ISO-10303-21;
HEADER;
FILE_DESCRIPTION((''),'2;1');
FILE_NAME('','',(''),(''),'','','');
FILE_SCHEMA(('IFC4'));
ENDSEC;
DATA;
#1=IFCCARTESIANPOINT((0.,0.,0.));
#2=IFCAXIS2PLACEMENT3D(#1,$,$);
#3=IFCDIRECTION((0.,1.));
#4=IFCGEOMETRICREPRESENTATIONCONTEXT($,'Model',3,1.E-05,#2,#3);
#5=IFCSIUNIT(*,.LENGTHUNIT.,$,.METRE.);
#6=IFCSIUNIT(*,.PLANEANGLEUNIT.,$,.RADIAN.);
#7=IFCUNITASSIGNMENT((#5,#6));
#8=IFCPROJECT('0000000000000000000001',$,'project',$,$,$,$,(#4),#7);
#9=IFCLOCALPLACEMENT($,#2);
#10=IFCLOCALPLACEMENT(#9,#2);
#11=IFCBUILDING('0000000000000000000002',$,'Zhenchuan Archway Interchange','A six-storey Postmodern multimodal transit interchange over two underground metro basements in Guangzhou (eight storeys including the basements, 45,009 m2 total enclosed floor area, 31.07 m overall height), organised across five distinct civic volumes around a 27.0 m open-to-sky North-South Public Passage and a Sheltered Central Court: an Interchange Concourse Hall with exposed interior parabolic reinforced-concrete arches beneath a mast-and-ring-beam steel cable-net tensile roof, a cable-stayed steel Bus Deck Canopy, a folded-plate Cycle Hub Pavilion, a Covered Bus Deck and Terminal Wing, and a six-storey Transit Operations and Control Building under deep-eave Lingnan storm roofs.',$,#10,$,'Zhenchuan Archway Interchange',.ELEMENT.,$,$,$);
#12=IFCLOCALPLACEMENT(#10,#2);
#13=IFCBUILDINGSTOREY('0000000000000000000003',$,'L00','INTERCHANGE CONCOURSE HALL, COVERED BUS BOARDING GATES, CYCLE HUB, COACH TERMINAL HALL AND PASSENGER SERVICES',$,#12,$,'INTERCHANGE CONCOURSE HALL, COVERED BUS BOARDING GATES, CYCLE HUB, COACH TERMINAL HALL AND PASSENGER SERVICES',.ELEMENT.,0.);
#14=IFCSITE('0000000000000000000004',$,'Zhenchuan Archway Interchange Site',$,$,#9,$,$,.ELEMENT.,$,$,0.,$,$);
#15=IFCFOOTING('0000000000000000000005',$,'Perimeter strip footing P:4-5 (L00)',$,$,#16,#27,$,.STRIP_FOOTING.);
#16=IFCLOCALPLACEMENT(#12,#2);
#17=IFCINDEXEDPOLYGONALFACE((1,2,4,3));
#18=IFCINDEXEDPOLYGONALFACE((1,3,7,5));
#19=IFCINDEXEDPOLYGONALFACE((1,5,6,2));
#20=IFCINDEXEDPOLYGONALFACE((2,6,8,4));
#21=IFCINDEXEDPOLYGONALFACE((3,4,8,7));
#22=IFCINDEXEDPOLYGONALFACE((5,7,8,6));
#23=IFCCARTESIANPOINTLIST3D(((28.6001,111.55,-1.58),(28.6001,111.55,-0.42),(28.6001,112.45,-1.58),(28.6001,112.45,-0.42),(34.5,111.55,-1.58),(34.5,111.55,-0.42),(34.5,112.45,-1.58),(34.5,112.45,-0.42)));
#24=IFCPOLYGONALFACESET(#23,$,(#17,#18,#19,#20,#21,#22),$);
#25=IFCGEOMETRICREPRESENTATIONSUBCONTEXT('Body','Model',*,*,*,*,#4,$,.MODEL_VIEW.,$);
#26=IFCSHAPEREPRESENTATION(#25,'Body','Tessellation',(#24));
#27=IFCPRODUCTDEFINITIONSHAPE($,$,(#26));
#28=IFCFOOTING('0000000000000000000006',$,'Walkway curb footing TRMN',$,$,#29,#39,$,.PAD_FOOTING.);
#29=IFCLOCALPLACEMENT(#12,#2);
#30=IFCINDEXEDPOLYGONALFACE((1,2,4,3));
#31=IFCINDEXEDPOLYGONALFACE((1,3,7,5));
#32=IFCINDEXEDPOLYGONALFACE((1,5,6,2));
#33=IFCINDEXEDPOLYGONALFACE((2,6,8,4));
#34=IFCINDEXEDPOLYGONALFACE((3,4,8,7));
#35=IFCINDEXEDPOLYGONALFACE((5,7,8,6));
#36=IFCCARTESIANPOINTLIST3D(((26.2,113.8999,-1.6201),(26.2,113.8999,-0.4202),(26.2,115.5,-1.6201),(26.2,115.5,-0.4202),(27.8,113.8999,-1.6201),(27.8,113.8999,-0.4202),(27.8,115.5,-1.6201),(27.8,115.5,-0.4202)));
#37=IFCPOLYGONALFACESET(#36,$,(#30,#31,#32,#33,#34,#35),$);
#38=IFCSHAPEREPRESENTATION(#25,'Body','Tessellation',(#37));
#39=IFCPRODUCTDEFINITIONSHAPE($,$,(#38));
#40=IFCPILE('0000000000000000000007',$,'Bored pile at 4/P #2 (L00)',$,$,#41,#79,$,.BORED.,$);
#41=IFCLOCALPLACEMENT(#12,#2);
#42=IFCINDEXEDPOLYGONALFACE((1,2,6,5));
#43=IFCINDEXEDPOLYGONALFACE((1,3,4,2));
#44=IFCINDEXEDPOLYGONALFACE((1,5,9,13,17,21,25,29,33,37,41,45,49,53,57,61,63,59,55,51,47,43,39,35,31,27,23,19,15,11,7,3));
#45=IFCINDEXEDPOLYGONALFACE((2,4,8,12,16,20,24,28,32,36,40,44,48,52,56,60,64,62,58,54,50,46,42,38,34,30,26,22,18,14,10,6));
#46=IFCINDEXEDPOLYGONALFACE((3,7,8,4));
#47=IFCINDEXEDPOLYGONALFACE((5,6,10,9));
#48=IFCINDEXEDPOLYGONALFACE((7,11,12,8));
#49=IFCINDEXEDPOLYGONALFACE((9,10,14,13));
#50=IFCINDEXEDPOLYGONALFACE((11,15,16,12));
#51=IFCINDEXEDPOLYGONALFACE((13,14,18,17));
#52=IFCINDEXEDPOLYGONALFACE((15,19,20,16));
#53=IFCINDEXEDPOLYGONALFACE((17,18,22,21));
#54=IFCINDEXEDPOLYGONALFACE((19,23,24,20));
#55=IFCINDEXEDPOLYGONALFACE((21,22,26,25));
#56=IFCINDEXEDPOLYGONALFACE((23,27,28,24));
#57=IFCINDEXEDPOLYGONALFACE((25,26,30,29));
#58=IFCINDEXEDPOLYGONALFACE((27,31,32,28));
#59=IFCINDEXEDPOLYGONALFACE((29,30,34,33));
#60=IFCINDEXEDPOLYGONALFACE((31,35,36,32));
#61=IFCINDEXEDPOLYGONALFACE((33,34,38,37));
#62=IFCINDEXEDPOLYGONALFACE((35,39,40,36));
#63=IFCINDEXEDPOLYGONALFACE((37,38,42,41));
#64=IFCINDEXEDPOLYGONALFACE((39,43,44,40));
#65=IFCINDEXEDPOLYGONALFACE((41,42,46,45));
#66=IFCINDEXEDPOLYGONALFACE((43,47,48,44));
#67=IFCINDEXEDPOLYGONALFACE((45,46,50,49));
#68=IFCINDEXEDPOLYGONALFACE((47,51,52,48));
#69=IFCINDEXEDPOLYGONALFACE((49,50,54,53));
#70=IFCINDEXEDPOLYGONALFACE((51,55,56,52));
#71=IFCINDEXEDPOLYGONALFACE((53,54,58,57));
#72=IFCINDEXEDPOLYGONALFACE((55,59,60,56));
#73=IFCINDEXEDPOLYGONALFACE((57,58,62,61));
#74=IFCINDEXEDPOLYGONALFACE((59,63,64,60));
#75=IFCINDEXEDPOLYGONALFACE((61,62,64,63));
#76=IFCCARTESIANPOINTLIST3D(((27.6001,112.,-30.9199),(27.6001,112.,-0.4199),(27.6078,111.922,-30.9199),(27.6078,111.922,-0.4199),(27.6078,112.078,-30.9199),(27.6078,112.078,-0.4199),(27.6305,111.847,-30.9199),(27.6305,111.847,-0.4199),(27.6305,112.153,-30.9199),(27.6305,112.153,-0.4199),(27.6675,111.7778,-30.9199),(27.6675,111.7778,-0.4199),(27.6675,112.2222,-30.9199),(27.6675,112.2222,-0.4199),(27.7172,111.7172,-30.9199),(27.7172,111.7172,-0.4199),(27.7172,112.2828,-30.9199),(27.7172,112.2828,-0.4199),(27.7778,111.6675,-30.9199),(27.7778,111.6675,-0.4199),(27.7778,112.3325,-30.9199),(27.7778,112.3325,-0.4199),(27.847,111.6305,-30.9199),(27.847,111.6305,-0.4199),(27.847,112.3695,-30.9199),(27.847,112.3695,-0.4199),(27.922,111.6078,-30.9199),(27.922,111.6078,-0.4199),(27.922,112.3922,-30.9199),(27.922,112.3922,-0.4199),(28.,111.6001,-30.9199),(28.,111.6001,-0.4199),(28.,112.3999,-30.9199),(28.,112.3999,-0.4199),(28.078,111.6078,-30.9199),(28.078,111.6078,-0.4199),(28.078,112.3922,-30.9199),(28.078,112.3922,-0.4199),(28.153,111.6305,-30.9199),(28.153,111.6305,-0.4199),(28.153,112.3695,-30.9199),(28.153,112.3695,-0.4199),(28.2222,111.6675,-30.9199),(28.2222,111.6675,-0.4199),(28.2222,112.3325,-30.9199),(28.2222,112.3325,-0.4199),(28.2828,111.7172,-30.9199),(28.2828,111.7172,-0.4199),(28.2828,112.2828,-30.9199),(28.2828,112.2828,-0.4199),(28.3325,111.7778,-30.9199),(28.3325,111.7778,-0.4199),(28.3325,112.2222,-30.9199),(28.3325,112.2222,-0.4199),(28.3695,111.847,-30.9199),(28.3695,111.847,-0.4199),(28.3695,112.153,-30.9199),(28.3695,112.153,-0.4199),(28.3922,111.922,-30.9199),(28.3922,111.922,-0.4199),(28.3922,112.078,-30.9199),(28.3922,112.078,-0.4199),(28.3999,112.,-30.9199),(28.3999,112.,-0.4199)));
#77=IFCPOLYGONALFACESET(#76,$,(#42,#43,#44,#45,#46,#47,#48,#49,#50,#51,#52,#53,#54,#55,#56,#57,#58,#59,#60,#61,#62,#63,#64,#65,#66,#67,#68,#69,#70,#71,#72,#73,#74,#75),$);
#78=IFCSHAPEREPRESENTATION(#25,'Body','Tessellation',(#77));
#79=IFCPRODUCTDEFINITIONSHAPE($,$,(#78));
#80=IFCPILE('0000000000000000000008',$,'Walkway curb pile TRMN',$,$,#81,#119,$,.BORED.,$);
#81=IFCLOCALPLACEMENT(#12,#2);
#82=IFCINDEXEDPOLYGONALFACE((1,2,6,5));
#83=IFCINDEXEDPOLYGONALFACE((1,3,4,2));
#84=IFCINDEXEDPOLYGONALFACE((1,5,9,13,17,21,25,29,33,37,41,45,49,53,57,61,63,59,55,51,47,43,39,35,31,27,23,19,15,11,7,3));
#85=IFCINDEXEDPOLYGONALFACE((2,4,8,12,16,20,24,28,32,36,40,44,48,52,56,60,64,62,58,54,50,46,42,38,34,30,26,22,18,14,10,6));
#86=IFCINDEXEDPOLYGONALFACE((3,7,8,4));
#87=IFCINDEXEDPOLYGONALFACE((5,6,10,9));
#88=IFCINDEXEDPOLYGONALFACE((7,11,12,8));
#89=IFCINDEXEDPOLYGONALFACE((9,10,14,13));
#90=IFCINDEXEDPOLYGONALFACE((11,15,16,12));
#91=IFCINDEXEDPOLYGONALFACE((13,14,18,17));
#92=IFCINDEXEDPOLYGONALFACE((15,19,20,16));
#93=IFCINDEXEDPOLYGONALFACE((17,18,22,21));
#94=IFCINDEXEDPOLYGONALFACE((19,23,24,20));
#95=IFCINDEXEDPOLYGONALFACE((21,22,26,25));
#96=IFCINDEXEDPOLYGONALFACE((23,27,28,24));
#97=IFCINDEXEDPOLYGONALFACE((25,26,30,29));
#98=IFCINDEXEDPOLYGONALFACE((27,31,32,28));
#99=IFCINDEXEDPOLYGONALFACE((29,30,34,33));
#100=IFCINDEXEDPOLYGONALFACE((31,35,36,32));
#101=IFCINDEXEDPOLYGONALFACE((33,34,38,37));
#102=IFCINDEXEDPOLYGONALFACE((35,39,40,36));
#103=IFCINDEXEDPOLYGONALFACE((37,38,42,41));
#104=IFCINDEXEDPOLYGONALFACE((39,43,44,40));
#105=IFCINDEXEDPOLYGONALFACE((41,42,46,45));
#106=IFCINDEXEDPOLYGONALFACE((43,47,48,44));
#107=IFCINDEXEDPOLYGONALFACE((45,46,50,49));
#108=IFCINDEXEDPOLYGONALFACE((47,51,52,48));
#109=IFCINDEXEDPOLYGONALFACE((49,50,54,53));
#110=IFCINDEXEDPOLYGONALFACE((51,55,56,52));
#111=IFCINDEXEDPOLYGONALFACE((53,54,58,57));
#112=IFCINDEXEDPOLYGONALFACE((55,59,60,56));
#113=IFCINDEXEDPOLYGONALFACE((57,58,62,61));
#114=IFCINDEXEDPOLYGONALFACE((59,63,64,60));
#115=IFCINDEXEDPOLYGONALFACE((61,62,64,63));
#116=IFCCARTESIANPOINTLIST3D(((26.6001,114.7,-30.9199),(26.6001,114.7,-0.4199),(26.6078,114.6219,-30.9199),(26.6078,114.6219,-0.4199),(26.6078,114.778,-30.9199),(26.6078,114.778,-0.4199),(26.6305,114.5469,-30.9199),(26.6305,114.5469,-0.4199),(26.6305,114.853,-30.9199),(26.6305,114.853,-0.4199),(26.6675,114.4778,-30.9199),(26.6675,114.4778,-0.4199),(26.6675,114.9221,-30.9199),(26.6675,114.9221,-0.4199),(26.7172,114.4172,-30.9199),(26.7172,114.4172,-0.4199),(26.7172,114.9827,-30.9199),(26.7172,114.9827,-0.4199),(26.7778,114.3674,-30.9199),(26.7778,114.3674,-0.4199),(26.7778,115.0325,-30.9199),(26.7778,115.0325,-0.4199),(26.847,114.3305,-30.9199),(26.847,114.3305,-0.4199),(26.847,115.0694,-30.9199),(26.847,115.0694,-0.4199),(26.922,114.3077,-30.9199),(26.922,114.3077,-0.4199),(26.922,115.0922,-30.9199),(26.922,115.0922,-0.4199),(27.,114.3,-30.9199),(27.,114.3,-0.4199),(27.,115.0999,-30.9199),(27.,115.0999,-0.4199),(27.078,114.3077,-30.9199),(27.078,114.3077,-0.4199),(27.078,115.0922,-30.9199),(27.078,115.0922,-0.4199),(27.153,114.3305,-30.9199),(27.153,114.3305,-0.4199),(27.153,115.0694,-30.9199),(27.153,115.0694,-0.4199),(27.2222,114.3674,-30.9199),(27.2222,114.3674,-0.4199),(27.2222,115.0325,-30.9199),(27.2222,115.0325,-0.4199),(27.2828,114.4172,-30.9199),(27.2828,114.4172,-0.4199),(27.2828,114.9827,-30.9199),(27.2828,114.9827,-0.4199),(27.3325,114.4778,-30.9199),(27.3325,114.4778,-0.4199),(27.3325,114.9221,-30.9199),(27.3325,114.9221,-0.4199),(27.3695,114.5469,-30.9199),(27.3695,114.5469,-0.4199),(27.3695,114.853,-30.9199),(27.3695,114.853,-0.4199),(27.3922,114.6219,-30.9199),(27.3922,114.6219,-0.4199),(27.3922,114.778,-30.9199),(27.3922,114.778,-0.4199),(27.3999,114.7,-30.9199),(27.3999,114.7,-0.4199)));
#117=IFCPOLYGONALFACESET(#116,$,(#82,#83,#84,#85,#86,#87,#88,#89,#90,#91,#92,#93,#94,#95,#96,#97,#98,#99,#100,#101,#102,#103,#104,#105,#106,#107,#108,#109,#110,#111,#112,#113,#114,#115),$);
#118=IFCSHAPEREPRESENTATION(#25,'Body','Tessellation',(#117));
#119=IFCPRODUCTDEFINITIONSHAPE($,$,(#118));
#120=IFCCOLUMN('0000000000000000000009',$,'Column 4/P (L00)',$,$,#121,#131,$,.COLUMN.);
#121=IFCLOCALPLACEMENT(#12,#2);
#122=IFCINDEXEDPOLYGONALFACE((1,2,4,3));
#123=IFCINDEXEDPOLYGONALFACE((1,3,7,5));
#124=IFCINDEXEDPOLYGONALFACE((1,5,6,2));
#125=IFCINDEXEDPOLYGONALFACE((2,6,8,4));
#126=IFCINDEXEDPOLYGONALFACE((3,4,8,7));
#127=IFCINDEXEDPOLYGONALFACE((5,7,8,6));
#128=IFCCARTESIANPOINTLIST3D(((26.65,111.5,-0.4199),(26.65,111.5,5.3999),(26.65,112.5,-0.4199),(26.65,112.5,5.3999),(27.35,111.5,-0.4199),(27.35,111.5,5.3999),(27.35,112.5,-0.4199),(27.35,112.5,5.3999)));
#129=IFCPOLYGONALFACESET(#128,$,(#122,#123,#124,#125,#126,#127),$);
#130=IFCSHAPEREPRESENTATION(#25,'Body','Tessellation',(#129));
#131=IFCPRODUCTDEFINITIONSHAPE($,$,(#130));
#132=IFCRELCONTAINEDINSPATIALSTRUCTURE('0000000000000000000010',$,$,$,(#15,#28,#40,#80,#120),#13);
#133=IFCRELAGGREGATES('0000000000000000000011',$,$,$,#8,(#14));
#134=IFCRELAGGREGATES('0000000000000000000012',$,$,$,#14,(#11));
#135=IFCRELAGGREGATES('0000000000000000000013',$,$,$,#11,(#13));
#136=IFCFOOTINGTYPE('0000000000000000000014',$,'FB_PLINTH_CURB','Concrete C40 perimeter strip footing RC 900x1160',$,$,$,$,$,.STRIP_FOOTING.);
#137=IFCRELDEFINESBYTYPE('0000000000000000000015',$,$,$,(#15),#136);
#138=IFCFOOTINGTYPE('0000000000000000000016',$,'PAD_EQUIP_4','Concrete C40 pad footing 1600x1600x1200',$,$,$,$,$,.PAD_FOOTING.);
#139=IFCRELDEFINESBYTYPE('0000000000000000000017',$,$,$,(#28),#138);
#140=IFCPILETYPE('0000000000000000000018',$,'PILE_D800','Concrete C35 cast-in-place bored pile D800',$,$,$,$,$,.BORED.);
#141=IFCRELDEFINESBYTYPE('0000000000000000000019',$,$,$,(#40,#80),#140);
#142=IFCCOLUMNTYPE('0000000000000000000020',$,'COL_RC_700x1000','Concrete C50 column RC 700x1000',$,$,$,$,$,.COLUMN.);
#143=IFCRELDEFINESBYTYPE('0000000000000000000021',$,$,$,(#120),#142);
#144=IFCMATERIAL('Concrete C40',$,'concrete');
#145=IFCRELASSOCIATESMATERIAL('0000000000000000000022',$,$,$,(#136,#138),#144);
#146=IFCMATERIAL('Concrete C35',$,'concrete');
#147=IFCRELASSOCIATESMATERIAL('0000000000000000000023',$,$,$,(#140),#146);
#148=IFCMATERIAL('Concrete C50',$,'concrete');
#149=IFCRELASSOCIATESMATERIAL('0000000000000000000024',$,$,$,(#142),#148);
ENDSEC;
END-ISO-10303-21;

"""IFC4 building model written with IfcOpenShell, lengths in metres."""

from ifc_helpers import new_model, si_unit, direction, frame, origin, origin_2d, place, context, subcontext, project, spatial, rectangle, circle, extrude, material, material_profile, profile_set, type_object, element, save


model = new_model("IFC4")

# Units and contexts
model_context = context("Model", 3, precision=1e-05, world=origin(), true_north=direction((0.0, 1.0)))
body_context = subcontext(model_context, "Body", "Model", "MODEL_VIEW")
ifc_project = project(units=[si_unit("LENGTHUNIT", "METRE"), si_unit("PLANEANGLEUNIT", "RADIAN")], contexts=[model_context])

# Site, building, storey
site_placement = place(None, origin())
site = spatial("IfcSite", under=ifc_project, at=site_placement, Name="Zhenchuan Archway Interchange Site", CompositionType="ELEMENT", RefElevation=0.0)
building_placement = place(site_placement, origin())
building = spatial("IfcBuilding", under=site, at=building_placement, Name="Zhenchuan Archway Interchange", Description="A six-storey Postmodern multimodal transit interchange over two underground metro basements in Guangzhou (eight storeys including the basements, 45,009 m2 total enclosed floor area, 31.07 m overall height), organised across five distinct civic volumes around a 27.0 m open-to-sky North-South Public Passage and a Sheltered Central Court: an Interchange Concourse Hall with exposed interior parabolic reinforced-concrete arches beneath a mast-and-ring-beam steel cable-net tensile roof, a cable-stayed steel Bus Deck Canopy, a folded-plate Cycle Hub Pavilion, a Covered Bus Deck and Terminal Wing, and a six-storey Transit Operations and Control Building under deep-eave Lingnan storm roofs.", LongName="Zhenchuan Archway Interchange", CompositionType="ELEMENT")
storey_placement = place(building_placement, origin())
storey = spatial("IfcBuildingStorey", under=building, at=storey_placement, Name="L00", Description="INTERCHANGE CONCOURSE HALL, COVERED BUS BOARDING GATES, CYCLE HUB, COACH TERMINAL HALL AND PASSENGER SERVICES", LongName="INTERCHANGE CONCOURSE HALL, COVERED BUS BOARDING GATES, CYCLE HUB, COACH TERMINAL HALL AND PASSENGER SERVICES", CompositionType="ELEMENT", Elevation=0.0)

# Footings
ifc_material_1 = material(Name="Concrete C40", Category="concrete")
ifc_material_profile_1 = material_profile(ifc_material_1, rectangle(XDim=0.8999, YDim=1.1599, at=origin_2d()), Name="RC 900x1160")
ifc_profile_set_1 = profile_set([ifc_material_profile_1], Name="Concrete C40")
footing_type_1 = type_object("IfcFootingType", Name="FB_PLINTH_CURB", Description="Concrete C40 perimeter strip footing RC 900x1160", PredefinedType="STRIP_FOOTING", material=ifc_profile_set_1)
footing_1_placement = place(storey_placement, frame((28.6001, 112.0, -1.0), z_axis=(1.0, 0.0, 0.0), x_axis=(0.0, 1.0, 0.0)))
element("IfcFooting", 1, at=footing_1_placement, inside=storey, type_object=footing_type_1, Name="Perimeter strip footing P:4-5 (L00)", PredefinedType="STRIP_FOOTING", context=body_context, shape_type="SweptSolid", body=[
    extrude(rectangle(XDim=0.8999, YDim=1.1599, at=origin_2d()), origin(), (0.0, 0.0, 1.0), 5.8999),
])
footing_type_2 = type_object("IfcFootingType", Name="PAD_EQUIP_4", Description="Concrete C40 pad footing 1600x1600x1200", PredefinedType="PAD_FOOTING", material=ifc_material_1)
footing_2_placement = place(storey_placement, frame((27.0, 114.7, -1.6201), z_axis=(0.0, 0.0, 1.0), x_axis=(1.0, 0.0, 0.0)))
element("IfcFooting", 2, at=footing_2_placement, inside=storey, type_object=footing_type_2, Name="Walkway curb footing TRMN", PredefinedType="PAD_FOOTING", context=body_context, shape_type="SweptSolid", body=[
    extrude(rectangle(XDim=1.6001, YDim=1.6001, at=origin_2d()), origin(), (0.0, 0.0, 1.0), 1.2),
])

# Piles
ifc_material_2 = material(Name="Concrete C35", Category="concrete")
ifc_material_profile_2 = material_profile(ifc_material_2, circle(Radius=0.3999, at=origin_2d()), Name="BORED PILE 800")
ifc_profile_set_2 = profile_set([ifc_material_profile_2], Name="Concrete C35")
pile_type = type_object("IfcPileType", Name="PILE_D800", Description="Concrete C35 cast-in-place bored pile D800", PredefinedType="BORED", material=ifc_profile_set_2)
for number, where, z_axis, x_axis, name in (
    (3, (28.0, 112.0, -0.4199), (0.0, 0.0, -1.0), (1.0, 0.0, 0.0), "Bored pile at 4/P #2 (L00)"),
    (4, (27.0, 114.7, -0.4199), (0.0, 0.0, -1.0), (1.0, 0.0, 0.0), "Walkway curb pile TRMN"),
):
    element("IfcPile", number, at=place(storey_placement, frame(where, z_axis=z_axis, x_axis=x_axis)), inside=storey, type_object=pile_type, Name=name, PredefinedType="BORED", context=body_context, shape_type="SweptSolid", body=[
        extrude(circle(Radius=0.3999, at=origin_2d()), origin(), (0.0, 0.0, 1.0), 30.5),
    ])

# Column
ifc_material_3 = material(Name="Concrete C50", Category="concrete")
ifc_material_profile_3 = material_profile(ifc_material_3, rectangle(XDim=0.7, YDim=1.0, at=origin_2d()), Name="RC 700x1000")
ifc_profile_set_3 = profile_set([ifc_material_profile_3], Name="Concrete C50")
column_type = type_object("IfcColumnType", Name="COL_RC_700x1000", Description="Concrete C50 column RC 700x1000", PredefinedType="COLUMN", material=ifc_profile_set_3)
column_placement = place(storey_placement, frame((27.0, 112.0, -0.4199), z_axis=(0.0, 0.0, 1.0), x_axis=(1.0, 0.0, 0.0)))
element("IfcColumn", 5, at=column_placement, inside=storey, type_object=column_type, Name="Column 4/P (L00)", PredefinedType="COLUMN", context=body_context, shape_type="SweptSolid", body=[
    extrude(rectangle(XDim=0.7, YDim=1.0, at=origin_2d()), origin(), (0.0, 0.0, 1.0), 5.8198),
])

save(model, "model.ifc")
